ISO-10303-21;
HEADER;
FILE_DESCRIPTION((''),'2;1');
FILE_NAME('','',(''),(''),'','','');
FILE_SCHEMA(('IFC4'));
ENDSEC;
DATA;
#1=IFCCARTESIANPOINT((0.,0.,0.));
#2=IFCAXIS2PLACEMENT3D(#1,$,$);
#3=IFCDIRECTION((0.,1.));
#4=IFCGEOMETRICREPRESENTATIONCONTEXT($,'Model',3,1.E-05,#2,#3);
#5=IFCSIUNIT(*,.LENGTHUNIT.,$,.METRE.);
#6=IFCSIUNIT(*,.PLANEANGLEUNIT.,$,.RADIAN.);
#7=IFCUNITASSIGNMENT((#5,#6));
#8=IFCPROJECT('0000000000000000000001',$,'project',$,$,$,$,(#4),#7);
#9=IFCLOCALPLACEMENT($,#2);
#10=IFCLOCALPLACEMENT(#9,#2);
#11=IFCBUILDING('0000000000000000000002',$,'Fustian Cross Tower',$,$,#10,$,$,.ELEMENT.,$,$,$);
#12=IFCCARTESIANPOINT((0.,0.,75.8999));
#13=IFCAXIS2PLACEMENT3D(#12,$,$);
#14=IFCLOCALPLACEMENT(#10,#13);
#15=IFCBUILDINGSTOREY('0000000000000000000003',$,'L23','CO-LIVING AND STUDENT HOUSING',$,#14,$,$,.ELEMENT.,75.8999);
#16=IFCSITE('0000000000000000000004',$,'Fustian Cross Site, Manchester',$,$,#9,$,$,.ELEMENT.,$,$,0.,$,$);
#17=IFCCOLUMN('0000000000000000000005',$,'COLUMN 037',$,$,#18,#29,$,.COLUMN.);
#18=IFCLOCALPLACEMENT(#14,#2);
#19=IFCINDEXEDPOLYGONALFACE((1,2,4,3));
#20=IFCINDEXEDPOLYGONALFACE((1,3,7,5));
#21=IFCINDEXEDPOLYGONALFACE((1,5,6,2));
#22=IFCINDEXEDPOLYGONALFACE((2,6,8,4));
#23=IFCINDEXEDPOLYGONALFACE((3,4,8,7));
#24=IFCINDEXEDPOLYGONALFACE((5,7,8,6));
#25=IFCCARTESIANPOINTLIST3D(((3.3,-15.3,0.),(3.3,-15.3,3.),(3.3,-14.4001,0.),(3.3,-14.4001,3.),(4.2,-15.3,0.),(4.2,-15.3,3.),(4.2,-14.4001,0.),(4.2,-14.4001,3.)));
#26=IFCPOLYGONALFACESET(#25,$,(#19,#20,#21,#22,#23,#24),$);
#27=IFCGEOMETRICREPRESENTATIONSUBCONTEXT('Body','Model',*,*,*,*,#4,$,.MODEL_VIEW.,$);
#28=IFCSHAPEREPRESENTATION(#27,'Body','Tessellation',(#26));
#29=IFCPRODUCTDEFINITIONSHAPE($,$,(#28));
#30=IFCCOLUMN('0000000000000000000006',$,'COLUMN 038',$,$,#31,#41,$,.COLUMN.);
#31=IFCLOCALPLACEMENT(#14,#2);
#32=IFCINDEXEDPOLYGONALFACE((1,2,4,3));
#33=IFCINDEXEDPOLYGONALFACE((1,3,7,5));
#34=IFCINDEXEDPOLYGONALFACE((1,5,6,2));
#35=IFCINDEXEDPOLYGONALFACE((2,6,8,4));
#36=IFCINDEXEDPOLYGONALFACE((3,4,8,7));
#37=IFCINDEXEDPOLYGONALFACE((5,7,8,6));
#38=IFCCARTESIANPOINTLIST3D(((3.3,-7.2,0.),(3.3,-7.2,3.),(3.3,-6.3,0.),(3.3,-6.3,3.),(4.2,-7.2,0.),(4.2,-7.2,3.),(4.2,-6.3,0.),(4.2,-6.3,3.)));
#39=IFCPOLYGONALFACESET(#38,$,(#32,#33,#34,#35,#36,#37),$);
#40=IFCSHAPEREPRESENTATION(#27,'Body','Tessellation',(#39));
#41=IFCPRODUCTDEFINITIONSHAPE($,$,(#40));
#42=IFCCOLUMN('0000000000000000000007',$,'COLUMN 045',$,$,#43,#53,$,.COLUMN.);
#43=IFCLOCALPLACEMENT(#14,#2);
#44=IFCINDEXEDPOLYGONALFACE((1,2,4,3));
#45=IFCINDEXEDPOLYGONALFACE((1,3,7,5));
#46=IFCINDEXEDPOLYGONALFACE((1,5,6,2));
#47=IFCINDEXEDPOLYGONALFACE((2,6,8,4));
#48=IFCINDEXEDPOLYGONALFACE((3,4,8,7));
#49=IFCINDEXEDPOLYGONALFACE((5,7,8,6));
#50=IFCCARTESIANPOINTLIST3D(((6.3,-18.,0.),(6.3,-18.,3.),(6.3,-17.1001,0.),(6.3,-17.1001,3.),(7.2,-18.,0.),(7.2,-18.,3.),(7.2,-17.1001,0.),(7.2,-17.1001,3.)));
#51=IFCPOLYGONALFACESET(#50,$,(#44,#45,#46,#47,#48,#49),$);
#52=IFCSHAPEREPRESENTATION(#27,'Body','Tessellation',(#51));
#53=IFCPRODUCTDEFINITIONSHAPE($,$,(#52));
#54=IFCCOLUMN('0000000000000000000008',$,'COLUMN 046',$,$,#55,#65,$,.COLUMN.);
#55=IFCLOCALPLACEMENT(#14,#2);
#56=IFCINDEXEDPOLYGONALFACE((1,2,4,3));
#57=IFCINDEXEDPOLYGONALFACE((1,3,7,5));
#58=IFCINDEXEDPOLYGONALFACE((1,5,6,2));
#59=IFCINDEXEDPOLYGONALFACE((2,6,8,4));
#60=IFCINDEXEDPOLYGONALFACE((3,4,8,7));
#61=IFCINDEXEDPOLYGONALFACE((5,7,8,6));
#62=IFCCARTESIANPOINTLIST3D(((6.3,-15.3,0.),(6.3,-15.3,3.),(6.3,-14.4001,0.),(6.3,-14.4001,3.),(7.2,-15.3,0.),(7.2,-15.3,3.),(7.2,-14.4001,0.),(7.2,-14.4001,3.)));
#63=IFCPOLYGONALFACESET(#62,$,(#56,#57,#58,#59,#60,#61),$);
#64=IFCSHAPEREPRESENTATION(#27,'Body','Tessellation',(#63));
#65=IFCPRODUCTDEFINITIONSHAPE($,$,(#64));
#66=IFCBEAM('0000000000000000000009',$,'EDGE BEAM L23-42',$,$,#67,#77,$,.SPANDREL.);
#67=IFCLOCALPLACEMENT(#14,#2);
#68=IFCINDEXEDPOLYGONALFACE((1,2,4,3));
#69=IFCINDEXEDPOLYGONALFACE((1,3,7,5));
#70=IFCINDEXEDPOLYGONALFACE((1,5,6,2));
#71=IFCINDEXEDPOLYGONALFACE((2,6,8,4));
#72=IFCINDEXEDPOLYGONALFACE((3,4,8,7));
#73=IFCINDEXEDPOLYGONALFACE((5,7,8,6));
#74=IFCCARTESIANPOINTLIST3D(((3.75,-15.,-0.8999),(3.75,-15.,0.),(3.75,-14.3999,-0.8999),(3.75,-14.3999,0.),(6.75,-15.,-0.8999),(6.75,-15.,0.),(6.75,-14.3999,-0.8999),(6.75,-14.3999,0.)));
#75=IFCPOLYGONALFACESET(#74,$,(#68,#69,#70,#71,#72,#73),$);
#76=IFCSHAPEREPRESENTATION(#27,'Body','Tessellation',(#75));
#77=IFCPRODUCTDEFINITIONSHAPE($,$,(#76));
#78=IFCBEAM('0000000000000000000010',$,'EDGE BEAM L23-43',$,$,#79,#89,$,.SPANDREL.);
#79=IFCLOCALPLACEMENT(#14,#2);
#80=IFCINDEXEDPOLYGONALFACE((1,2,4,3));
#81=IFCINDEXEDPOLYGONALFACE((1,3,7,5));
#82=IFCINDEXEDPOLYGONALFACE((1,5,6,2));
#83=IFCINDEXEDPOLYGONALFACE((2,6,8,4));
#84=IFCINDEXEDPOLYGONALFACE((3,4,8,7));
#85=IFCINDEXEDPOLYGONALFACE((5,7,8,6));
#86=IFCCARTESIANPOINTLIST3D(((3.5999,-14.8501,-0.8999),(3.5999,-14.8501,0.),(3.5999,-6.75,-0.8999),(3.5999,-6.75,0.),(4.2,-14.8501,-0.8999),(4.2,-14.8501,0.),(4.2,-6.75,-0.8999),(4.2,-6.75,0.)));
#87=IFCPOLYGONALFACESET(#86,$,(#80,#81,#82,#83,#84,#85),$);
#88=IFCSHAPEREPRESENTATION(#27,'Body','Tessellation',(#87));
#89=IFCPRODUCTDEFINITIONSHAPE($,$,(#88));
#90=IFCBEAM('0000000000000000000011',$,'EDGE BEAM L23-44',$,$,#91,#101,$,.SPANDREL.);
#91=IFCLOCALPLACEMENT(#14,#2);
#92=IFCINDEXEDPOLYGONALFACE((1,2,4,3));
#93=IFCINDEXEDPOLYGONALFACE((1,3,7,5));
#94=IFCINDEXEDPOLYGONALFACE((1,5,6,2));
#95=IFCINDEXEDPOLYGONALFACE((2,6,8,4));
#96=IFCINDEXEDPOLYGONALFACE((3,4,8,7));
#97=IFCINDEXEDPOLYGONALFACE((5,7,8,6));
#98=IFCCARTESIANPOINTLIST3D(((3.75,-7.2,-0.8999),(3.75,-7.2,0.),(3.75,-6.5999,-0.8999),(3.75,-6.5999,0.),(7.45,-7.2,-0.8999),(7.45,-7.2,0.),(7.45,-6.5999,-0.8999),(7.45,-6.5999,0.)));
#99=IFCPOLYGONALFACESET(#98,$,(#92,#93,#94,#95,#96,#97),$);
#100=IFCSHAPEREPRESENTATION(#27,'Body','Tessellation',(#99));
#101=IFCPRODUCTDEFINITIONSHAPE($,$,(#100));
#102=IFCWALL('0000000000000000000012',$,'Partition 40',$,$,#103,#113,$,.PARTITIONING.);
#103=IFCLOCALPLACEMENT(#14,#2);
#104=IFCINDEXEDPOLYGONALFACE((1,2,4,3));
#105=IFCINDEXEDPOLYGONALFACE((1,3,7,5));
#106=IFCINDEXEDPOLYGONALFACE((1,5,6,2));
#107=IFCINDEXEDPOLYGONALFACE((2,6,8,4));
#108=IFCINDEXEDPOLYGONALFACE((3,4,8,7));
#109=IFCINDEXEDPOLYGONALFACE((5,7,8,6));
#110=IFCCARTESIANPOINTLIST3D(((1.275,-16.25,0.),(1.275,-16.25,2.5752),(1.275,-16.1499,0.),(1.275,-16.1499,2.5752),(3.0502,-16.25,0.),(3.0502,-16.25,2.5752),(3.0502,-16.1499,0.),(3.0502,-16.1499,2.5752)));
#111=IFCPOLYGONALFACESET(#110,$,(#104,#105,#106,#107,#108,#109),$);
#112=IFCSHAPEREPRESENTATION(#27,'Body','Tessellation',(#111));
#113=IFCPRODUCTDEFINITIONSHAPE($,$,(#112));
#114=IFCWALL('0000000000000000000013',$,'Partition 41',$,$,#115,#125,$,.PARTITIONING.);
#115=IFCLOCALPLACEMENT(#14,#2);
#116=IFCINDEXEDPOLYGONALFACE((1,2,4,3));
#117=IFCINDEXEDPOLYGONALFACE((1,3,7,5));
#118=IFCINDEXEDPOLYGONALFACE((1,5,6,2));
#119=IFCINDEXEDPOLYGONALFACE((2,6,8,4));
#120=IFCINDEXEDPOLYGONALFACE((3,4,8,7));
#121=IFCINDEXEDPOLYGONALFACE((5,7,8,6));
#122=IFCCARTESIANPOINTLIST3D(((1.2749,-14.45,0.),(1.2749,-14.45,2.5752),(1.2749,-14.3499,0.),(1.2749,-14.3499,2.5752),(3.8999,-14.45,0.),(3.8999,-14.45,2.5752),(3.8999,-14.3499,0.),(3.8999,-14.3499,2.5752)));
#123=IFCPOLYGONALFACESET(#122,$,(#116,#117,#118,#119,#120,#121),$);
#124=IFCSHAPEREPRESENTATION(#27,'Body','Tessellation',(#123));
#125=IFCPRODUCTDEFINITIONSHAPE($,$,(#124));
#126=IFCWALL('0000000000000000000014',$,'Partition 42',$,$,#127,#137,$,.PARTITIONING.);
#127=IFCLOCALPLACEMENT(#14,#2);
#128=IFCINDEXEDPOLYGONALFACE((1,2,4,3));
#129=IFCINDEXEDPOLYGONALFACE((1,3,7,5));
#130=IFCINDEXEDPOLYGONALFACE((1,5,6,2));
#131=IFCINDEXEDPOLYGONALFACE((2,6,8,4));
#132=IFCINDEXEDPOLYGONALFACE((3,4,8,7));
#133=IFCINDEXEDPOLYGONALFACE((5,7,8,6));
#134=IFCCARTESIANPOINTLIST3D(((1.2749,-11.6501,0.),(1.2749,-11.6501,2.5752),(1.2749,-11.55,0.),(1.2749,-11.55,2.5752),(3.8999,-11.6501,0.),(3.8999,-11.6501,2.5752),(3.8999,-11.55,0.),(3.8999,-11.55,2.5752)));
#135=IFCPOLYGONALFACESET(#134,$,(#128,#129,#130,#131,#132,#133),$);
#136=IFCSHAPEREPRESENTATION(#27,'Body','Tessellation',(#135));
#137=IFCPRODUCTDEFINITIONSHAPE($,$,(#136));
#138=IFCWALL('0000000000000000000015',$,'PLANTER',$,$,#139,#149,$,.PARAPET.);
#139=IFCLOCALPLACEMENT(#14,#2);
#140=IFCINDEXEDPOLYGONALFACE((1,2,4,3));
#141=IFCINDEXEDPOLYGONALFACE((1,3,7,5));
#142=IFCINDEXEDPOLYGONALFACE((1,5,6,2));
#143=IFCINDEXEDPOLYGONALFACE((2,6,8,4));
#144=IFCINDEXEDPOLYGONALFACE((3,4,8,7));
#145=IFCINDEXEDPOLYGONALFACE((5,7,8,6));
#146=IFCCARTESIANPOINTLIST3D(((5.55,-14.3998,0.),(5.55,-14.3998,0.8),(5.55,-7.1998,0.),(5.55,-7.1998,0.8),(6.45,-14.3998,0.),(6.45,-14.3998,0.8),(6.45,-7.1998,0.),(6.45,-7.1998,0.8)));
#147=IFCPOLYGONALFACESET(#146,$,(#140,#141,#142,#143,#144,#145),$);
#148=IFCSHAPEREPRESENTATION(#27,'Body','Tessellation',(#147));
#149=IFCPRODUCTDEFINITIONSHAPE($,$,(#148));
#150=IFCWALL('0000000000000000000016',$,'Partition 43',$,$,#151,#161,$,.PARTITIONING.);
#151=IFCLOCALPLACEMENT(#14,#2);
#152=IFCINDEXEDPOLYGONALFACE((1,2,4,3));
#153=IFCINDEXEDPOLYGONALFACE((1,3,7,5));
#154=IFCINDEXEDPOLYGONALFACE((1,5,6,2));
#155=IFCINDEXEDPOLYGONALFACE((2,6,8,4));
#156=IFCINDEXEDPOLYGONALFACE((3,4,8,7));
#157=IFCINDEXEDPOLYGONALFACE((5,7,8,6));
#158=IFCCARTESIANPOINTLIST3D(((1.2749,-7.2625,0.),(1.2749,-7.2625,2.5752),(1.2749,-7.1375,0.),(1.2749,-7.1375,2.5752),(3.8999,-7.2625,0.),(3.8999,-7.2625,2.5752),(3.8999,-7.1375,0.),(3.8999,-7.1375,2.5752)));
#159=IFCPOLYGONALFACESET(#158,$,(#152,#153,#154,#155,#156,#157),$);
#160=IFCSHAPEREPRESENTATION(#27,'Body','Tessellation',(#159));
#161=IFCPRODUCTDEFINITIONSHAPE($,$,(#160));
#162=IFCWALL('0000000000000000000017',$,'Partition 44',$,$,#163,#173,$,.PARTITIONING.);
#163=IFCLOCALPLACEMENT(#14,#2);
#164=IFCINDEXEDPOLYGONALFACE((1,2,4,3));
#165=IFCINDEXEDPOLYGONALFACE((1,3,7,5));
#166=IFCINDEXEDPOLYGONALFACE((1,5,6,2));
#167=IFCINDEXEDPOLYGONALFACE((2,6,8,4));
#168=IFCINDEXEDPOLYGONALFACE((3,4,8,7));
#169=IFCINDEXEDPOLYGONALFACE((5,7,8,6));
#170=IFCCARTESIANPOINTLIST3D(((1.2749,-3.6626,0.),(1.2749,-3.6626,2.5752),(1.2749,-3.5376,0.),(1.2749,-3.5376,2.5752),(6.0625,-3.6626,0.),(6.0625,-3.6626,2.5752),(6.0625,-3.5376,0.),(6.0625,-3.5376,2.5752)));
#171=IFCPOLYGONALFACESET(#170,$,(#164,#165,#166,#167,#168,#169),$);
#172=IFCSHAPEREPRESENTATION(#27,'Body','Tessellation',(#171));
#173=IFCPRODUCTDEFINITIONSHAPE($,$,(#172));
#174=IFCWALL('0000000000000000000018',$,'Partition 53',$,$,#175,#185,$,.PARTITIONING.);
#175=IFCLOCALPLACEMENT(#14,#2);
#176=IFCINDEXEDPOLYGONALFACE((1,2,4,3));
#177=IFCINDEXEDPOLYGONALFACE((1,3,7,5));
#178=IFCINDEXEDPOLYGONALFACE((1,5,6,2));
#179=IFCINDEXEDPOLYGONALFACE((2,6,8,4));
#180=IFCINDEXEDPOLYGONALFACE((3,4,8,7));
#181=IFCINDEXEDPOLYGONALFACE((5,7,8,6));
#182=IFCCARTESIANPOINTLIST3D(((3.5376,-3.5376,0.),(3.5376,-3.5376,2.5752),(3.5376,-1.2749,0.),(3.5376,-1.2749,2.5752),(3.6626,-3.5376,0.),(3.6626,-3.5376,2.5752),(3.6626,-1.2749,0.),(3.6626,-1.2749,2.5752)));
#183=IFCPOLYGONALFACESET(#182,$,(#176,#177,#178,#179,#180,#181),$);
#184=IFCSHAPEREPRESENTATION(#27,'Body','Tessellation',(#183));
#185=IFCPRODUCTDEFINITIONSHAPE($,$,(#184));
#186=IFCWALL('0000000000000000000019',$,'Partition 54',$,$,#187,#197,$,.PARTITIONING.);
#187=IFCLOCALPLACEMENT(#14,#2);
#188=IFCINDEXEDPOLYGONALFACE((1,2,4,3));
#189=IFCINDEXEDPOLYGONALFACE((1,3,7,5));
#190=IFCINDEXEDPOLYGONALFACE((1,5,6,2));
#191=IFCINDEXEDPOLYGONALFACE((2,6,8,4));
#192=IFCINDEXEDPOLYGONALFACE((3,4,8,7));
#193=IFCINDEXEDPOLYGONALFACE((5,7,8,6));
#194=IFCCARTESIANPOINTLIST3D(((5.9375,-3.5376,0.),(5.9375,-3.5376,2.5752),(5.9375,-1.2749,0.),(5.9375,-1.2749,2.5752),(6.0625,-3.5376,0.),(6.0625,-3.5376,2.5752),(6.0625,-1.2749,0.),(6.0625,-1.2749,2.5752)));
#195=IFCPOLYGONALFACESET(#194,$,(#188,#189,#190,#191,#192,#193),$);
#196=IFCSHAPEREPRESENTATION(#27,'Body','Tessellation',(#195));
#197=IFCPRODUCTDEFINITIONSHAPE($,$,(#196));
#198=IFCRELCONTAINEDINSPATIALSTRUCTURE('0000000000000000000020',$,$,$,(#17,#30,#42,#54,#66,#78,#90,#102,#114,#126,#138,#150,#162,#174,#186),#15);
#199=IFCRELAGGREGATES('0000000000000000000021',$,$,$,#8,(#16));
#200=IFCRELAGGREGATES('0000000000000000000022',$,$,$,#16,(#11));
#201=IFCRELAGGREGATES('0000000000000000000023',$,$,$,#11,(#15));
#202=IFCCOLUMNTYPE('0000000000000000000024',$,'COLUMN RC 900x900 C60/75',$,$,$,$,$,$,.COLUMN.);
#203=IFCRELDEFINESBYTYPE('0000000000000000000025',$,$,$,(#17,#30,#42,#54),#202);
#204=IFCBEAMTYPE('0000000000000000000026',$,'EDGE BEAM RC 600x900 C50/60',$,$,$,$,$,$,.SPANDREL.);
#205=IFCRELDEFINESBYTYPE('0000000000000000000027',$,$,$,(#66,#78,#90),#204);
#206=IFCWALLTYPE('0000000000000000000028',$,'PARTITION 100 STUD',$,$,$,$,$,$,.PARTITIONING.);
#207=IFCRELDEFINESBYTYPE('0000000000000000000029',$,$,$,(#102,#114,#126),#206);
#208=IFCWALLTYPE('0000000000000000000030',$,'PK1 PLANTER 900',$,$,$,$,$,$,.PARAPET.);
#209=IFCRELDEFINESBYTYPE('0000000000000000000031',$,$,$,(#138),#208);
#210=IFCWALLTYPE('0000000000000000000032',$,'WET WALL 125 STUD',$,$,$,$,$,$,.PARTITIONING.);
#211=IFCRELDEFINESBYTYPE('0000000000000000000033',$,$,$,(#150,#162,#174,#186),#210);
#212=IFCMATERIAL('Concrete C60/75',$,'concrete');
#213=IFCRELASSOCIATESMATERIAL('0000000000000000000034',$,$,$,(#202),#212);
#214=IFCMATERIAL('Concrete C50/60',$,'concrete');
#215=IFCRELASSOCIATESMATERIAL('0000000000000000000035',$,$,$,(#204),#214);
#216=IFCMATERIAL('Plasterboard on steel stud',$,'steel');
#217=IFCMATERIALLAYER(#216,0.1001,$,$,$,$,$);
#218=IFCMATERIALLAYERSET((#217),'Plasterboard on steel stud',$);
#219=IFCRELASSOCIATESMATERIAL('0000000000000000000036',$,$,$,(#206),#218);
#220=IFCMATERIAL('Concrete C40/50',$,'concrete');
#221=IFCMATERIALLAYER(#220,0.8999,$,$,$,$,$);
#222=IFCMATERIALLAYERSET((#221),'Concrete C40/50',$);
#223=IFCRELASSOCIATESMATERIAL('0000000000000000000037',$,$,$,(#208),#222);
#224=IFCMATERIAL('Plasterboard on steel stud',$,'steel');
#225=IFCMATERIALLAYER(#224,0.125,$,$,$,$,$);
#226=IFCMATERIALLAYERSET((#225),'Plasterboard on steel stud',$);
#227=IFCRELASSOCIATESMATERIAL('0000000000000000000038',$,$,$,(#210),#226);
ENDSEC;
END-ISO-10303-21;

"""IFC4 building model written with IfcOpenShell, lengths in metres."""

from ifc_helpers import new_model, si_unit, direction, frame, frame_2d, origin, origin_2d, place, context, subcontext, project, spatial, rectangle, extrude, material, layer, layer_set, material_profile, profile_set, type_object, element, save


model = new_model("IFC4")

# Units and contexts
model_context = context("Model", 3, precision=1e-05, world=origin(), true_north=direction((0.0, 1.0)))
body_context = subcontext(model_context, "Body", "Model", "MODEL_VIEW")
ifc_project = project(units=[si_unit("LENGTHUNIT", "METRE"), si_unit("PLANEANGLEUNIT", "RADIAN")], contexts=[model_context])

# Site, building, storey
site_placement = place(None, origin())
site = spatial("IfcSite", under=ifc_project, at=site_placement, Name="Fustian Cross Site, Manchester", CompositionType="ELEMENT", RefElevation=0.0)
building_placement = place(site_placement, origin())
building = spatial("IfcBuilding", under=site, at=building_placement, Name="Fustian Cross Tower", CompositionType="ELEMENT")
storey_placement = place(building_placement, frame((0.0, 0.0, 75.8999)))
storey = spatial("IfcBuildingStorey", under=building, at=storey_placement, Name="L23", Description="CO-LIVING AND STUDENT HOUSING", CompositionType="ELEMENT", Elevation=75.8999)

# Columns
ifc_material_1 = material(Name="Concrete C60/75", Category="concrete")
ifc_material_profile_1 = material_profile(ifc_material_1, rectangle(XDim=0.8999, YDim=0.8999, at=origin_2d()), Name="RC 900x900")
ifc_profile_set_1 = profile_set([ifc_material_profile_1], Name="Concrete C60/75")
column_type = type_object("IfcColumnType", Name="COLUMN RC 900x900 C60/75", PredefinedType="COLUMN", material=ifc_profile_set_1)
for number, where, z_axis, x_axis, name in (
    (1, (3.75, -14.8501, 0.0), (0.0, 0.0, 1.0), (1.0, 0.0, 0.0), "COLUMN 037"),
    (2, (3.75, -6.75, 0.0), (0.0, 0.0, 1.0), (1.0, 0.0, 0.0), "COLUMN 038"),
    (3, (6.75, -17.55, 0.0), (0.0, 0.0, 1.0), (1.0, 0.0, 0.0), "COLUMN 045"),
    (4, (6.75, -14.8501, 0.0), (0.0, 0.0, 1.0), (1.0, 0.0, 0.0), "COLUMN 046"),
):
    element("IfcColumn", number, at=place(storey_placement, frame(where, z_axis=z_axis, x_axis=x_axis)), inside=storey, type_object=column_type, Name=name, PredefinedType="COLUMN", context=body_context, shape_type="SweptSolid", body=[
        extrude(rectangle(XDim=0.8999, YDim=0.8999, at=origin_2d()), origin(), (0.0, 0.0, 1.0), 3.0),
    ])

# Beams
ifc_material_2 = material(Name="Concrete C50/60", Category="concrete")
ifc_material_profile_2 = material_profile(ifc_material_2, rectangle(XDim=0.6001, YDim=0.8999, at=origin_2d()), Name="RC 600x900")
ifc_profile_set_2 = profile_set([ifc_material_profile_2], Name="Concrete C50/60")
beam_type = type_object("IfcBeamType", Name="EDGE BEAM RC 600x900 C50/60", PredefinedType="SPANDREL", material=ifc_profile_set_2)
beam_1_placement = place(storey_placement, frame((6.75, -14.7, -0.45), z_axis=(-1.0, 0.0, 0.0), x_axis=(0.0, -1.0, 0.0)))
element("IfcBeam", 5, at=beam_1_placement, inside=storey, type_object=beam_type, Name="EDGE BEAM L23-42", PredefinedType="SPANDREL", context=body_context, shape_type="SweptSolid", body=[
    extrude(rectangle(XDim=0.6001, YDim=0.8999, at=origin_2d()), origin(), (0.0, 0.0, 1.0), 3.0),
])
beam_2_placement = place(storey_placement, frame((3.8999, -14.8501, -0.45), z_axis=(0.0, 1.0, 0.0), x_axis=(-1.0, 0.0, 0.0)))
element("IfcBeam", 6, at=beam_2_placement, inside=storey, type_object=beam_type, Name="EDGE BEAM L23-43", PredefinedType="SPANDREL", context=body_context, shape_type="SweptSolid", body=[
    extrude(rectangle(XDim=0.6001, YDim=0.8999, at=origin_2d()), origin(), (0.0, 0.0, 1.0), 8.1001),
])
beam_3_placement = place(storey_placement, frame((3.75, -6.8999, -0.45), z_axis=(1.0, 0.0, 0.0), x_axis=(0.0, 1.0, 0.0)))
element("IfcBeam", 7, at=beam_3_placement, inside=storey, type_object=beam_type, Name="EDGE BEAM L23-44", PredefinedType="SPANDREL", context=body_context, shape_type="SweptSolid", body=[
    extrude(rectangle(XDim=0.6001, YDim=0.8999, at=origin_2d()), origin(), (0.0, 0.0, 1.0), 3.7),
])

# Walls
ifc_material_3 = material(Name="Plasterboard on steel stud", Category="steel")
ifc_layer_1 = layer(ifc_material_3, 0.1001)
ifc_layer_set_1 = layer_set([ifc_layer_1], Name="Plasterboard on steel stud")
wall_type_1 = type_object("IfcWallType", Name="PARTITION 100 STUD", PredefinedType="PARTITIONING", material=ifc_layer_set_1)
wall_1_placement = place(storey_placement, frame((1.2749, -16.2, 0.0), z_axis=(0.0, 0.0, 1.0), x_axis=(1.0, 0.0, 0.0)))
element("IfcWall", 8, at=wall_1_placement, inside=storey, type_object=wall_type_1, Name="Partition 40", PredefinedType="PARTITIONING", context=body_context, shape_type="SweptSolid", body=[
    extrude(rectangle(XDim=1.7751, YDim=0.1001, at=frame_2d((0.8877, 0.0))), origin(), (0.0, 0.0, 1.0), 2.5752),
])
for number, where, z_axis, x_axis, name in (
    (9, (1.2749, -14.3999, 0.0), (0.0, 0.0, 1.0), (1.0, 0.0, 0.0), "Partition 41"),
    (10, (1.2749, -11.6001, 0.0), (0.0, 0.0, 1.0), (1.0, 0.0, 0.0), "Partition 42"),
):
    element("IfcWall", number, at=place(storey_placement, frame(where, z_axis=z_axis, x_axis=x_axis)), inside=storey, type_object=wall_type_1, Name=name, PredefinedType="PARTITIONING", context=body_context, shape_type="SweptSolid", body=[
        extrude(rectangle(XDim=2.625, YDim=0.1001, at=frame_2d((1.3125, 0.0))), origin(), (0.0, 0.0, 1.0), 2.5752),
    ])
ifc_material_4 = material(Name="Concrete C40/50", Category="concrete")
ifc_layer_2 = layer(ifc_material_4, 0.8999)
ifc_layer_set_2 = layer_set([ifc_layer_2], Name="Concrete C40/50")
wall_type_2 = type_object("IfcWallType", Name="PK1 PLANTER 900", PredefinedType="PARAPET", material=ifc_layer_set_2)
wall_2_placement = place(storey_placement, frame((6.0, -14.3999, 0.0), z_axis=(0.0, 0.0, 1.0), x_axis=(0.0, 1.0, 0.0)))
element("IfcWall", 11, at=wall_2_placement, inside=storey, type_object=wall_type_2, Name="PLANTER", PredefinedType="PARAPET", context=body_context, shape_type="SweptSolid", body=[
    extrude(rectangle(XDim=7.2, YDim=0.8999, at=frame_2d((3.6001, 0.0))), origin(), (0.0, 0.0, 1.0), 0.8),
])
ifc_material_5 = material(Name="Plasterboard on steel stud", Category="steel")
ifc_layer_3 = layer(ifc_material_5, 0.125)
ifc_layer_set_3 = layer_set([ifc_layer_3], Name="Plasterboard on steel stud")
wall_type_3 = type_object("IfcWallType", Name="WET WALL 125 STUD", PredefinedType="PARTITIONING", material=ifc_layer_set_3)
wall_3_placement = place(storey_placement, frame((1.2749, -7.2, 0.0), z_axis=(0.0, 0.0, 1.0), x_axis=(1.0, 0.0, 0.0)))
element("IfcWall", 12, at=wall_3_placement, inside=storey, type_object=wall_type_3, Name="Partition 43", PredefinedType="PARTITIONING", context=body_context, shape_type="SweptSolid", body=[
    extrude(rectangle(XDim=2.625, YDim=0.125, at=frame_2d((1.3125, 0.0))), origin(), (0.0, 0.0, 1.0), 2.5752),
])
wall_4_placement = place(storey_placement, frame((1.2749, -3.6001, 0.0), z_axis=(0.0, 0.0, 1.0), x_axis=(1.0, 0.0, 0.0)))
element("IfcWall", 13, at=wall_4_placement, inside=storey, type_object=wall_type_3, Name="Partition 44", PredefinedType="PARTITIONING", context=body_context, shape_type="SweptSolid", body=[
    extrude(rectangle(XDim=4.7876, YDim=0.125, at=frame_2d((2.3938, 0.0))), origin(), (0.0, 0.0, 1.0), 2.5752),
])
for number, where, z_axis, x_axis, name in (
    (14, (3.6001, -3.5376, 0.0), (0.0, 0.0, 1.0), (0.0, 1.0, 0.0), "Partition 53"),
    (15, (6.0, -3.5376, 0.0), (0.0, 0.0, 1.0), (0.0, 1.0, 0.0), "Partition 54"),
):
    element("IfcWall", number, at=place(storey_placement, frame(where, z_axis=z_axis, x_axis=x_axis)), inside=storey, type_object=wall_type_3, Name=name, PredefinedType="PARTITIONING", context=body_context, shape_type="SweptSolid", body=[
        extrude(rectangle(XDim=2.2627, YDim=0.125, at=frame_2d((1.1313, 0.0))), origin(), (0.0, 0.0, 1.0), 2.5752),
    ])

save(model, "model.ifc")
